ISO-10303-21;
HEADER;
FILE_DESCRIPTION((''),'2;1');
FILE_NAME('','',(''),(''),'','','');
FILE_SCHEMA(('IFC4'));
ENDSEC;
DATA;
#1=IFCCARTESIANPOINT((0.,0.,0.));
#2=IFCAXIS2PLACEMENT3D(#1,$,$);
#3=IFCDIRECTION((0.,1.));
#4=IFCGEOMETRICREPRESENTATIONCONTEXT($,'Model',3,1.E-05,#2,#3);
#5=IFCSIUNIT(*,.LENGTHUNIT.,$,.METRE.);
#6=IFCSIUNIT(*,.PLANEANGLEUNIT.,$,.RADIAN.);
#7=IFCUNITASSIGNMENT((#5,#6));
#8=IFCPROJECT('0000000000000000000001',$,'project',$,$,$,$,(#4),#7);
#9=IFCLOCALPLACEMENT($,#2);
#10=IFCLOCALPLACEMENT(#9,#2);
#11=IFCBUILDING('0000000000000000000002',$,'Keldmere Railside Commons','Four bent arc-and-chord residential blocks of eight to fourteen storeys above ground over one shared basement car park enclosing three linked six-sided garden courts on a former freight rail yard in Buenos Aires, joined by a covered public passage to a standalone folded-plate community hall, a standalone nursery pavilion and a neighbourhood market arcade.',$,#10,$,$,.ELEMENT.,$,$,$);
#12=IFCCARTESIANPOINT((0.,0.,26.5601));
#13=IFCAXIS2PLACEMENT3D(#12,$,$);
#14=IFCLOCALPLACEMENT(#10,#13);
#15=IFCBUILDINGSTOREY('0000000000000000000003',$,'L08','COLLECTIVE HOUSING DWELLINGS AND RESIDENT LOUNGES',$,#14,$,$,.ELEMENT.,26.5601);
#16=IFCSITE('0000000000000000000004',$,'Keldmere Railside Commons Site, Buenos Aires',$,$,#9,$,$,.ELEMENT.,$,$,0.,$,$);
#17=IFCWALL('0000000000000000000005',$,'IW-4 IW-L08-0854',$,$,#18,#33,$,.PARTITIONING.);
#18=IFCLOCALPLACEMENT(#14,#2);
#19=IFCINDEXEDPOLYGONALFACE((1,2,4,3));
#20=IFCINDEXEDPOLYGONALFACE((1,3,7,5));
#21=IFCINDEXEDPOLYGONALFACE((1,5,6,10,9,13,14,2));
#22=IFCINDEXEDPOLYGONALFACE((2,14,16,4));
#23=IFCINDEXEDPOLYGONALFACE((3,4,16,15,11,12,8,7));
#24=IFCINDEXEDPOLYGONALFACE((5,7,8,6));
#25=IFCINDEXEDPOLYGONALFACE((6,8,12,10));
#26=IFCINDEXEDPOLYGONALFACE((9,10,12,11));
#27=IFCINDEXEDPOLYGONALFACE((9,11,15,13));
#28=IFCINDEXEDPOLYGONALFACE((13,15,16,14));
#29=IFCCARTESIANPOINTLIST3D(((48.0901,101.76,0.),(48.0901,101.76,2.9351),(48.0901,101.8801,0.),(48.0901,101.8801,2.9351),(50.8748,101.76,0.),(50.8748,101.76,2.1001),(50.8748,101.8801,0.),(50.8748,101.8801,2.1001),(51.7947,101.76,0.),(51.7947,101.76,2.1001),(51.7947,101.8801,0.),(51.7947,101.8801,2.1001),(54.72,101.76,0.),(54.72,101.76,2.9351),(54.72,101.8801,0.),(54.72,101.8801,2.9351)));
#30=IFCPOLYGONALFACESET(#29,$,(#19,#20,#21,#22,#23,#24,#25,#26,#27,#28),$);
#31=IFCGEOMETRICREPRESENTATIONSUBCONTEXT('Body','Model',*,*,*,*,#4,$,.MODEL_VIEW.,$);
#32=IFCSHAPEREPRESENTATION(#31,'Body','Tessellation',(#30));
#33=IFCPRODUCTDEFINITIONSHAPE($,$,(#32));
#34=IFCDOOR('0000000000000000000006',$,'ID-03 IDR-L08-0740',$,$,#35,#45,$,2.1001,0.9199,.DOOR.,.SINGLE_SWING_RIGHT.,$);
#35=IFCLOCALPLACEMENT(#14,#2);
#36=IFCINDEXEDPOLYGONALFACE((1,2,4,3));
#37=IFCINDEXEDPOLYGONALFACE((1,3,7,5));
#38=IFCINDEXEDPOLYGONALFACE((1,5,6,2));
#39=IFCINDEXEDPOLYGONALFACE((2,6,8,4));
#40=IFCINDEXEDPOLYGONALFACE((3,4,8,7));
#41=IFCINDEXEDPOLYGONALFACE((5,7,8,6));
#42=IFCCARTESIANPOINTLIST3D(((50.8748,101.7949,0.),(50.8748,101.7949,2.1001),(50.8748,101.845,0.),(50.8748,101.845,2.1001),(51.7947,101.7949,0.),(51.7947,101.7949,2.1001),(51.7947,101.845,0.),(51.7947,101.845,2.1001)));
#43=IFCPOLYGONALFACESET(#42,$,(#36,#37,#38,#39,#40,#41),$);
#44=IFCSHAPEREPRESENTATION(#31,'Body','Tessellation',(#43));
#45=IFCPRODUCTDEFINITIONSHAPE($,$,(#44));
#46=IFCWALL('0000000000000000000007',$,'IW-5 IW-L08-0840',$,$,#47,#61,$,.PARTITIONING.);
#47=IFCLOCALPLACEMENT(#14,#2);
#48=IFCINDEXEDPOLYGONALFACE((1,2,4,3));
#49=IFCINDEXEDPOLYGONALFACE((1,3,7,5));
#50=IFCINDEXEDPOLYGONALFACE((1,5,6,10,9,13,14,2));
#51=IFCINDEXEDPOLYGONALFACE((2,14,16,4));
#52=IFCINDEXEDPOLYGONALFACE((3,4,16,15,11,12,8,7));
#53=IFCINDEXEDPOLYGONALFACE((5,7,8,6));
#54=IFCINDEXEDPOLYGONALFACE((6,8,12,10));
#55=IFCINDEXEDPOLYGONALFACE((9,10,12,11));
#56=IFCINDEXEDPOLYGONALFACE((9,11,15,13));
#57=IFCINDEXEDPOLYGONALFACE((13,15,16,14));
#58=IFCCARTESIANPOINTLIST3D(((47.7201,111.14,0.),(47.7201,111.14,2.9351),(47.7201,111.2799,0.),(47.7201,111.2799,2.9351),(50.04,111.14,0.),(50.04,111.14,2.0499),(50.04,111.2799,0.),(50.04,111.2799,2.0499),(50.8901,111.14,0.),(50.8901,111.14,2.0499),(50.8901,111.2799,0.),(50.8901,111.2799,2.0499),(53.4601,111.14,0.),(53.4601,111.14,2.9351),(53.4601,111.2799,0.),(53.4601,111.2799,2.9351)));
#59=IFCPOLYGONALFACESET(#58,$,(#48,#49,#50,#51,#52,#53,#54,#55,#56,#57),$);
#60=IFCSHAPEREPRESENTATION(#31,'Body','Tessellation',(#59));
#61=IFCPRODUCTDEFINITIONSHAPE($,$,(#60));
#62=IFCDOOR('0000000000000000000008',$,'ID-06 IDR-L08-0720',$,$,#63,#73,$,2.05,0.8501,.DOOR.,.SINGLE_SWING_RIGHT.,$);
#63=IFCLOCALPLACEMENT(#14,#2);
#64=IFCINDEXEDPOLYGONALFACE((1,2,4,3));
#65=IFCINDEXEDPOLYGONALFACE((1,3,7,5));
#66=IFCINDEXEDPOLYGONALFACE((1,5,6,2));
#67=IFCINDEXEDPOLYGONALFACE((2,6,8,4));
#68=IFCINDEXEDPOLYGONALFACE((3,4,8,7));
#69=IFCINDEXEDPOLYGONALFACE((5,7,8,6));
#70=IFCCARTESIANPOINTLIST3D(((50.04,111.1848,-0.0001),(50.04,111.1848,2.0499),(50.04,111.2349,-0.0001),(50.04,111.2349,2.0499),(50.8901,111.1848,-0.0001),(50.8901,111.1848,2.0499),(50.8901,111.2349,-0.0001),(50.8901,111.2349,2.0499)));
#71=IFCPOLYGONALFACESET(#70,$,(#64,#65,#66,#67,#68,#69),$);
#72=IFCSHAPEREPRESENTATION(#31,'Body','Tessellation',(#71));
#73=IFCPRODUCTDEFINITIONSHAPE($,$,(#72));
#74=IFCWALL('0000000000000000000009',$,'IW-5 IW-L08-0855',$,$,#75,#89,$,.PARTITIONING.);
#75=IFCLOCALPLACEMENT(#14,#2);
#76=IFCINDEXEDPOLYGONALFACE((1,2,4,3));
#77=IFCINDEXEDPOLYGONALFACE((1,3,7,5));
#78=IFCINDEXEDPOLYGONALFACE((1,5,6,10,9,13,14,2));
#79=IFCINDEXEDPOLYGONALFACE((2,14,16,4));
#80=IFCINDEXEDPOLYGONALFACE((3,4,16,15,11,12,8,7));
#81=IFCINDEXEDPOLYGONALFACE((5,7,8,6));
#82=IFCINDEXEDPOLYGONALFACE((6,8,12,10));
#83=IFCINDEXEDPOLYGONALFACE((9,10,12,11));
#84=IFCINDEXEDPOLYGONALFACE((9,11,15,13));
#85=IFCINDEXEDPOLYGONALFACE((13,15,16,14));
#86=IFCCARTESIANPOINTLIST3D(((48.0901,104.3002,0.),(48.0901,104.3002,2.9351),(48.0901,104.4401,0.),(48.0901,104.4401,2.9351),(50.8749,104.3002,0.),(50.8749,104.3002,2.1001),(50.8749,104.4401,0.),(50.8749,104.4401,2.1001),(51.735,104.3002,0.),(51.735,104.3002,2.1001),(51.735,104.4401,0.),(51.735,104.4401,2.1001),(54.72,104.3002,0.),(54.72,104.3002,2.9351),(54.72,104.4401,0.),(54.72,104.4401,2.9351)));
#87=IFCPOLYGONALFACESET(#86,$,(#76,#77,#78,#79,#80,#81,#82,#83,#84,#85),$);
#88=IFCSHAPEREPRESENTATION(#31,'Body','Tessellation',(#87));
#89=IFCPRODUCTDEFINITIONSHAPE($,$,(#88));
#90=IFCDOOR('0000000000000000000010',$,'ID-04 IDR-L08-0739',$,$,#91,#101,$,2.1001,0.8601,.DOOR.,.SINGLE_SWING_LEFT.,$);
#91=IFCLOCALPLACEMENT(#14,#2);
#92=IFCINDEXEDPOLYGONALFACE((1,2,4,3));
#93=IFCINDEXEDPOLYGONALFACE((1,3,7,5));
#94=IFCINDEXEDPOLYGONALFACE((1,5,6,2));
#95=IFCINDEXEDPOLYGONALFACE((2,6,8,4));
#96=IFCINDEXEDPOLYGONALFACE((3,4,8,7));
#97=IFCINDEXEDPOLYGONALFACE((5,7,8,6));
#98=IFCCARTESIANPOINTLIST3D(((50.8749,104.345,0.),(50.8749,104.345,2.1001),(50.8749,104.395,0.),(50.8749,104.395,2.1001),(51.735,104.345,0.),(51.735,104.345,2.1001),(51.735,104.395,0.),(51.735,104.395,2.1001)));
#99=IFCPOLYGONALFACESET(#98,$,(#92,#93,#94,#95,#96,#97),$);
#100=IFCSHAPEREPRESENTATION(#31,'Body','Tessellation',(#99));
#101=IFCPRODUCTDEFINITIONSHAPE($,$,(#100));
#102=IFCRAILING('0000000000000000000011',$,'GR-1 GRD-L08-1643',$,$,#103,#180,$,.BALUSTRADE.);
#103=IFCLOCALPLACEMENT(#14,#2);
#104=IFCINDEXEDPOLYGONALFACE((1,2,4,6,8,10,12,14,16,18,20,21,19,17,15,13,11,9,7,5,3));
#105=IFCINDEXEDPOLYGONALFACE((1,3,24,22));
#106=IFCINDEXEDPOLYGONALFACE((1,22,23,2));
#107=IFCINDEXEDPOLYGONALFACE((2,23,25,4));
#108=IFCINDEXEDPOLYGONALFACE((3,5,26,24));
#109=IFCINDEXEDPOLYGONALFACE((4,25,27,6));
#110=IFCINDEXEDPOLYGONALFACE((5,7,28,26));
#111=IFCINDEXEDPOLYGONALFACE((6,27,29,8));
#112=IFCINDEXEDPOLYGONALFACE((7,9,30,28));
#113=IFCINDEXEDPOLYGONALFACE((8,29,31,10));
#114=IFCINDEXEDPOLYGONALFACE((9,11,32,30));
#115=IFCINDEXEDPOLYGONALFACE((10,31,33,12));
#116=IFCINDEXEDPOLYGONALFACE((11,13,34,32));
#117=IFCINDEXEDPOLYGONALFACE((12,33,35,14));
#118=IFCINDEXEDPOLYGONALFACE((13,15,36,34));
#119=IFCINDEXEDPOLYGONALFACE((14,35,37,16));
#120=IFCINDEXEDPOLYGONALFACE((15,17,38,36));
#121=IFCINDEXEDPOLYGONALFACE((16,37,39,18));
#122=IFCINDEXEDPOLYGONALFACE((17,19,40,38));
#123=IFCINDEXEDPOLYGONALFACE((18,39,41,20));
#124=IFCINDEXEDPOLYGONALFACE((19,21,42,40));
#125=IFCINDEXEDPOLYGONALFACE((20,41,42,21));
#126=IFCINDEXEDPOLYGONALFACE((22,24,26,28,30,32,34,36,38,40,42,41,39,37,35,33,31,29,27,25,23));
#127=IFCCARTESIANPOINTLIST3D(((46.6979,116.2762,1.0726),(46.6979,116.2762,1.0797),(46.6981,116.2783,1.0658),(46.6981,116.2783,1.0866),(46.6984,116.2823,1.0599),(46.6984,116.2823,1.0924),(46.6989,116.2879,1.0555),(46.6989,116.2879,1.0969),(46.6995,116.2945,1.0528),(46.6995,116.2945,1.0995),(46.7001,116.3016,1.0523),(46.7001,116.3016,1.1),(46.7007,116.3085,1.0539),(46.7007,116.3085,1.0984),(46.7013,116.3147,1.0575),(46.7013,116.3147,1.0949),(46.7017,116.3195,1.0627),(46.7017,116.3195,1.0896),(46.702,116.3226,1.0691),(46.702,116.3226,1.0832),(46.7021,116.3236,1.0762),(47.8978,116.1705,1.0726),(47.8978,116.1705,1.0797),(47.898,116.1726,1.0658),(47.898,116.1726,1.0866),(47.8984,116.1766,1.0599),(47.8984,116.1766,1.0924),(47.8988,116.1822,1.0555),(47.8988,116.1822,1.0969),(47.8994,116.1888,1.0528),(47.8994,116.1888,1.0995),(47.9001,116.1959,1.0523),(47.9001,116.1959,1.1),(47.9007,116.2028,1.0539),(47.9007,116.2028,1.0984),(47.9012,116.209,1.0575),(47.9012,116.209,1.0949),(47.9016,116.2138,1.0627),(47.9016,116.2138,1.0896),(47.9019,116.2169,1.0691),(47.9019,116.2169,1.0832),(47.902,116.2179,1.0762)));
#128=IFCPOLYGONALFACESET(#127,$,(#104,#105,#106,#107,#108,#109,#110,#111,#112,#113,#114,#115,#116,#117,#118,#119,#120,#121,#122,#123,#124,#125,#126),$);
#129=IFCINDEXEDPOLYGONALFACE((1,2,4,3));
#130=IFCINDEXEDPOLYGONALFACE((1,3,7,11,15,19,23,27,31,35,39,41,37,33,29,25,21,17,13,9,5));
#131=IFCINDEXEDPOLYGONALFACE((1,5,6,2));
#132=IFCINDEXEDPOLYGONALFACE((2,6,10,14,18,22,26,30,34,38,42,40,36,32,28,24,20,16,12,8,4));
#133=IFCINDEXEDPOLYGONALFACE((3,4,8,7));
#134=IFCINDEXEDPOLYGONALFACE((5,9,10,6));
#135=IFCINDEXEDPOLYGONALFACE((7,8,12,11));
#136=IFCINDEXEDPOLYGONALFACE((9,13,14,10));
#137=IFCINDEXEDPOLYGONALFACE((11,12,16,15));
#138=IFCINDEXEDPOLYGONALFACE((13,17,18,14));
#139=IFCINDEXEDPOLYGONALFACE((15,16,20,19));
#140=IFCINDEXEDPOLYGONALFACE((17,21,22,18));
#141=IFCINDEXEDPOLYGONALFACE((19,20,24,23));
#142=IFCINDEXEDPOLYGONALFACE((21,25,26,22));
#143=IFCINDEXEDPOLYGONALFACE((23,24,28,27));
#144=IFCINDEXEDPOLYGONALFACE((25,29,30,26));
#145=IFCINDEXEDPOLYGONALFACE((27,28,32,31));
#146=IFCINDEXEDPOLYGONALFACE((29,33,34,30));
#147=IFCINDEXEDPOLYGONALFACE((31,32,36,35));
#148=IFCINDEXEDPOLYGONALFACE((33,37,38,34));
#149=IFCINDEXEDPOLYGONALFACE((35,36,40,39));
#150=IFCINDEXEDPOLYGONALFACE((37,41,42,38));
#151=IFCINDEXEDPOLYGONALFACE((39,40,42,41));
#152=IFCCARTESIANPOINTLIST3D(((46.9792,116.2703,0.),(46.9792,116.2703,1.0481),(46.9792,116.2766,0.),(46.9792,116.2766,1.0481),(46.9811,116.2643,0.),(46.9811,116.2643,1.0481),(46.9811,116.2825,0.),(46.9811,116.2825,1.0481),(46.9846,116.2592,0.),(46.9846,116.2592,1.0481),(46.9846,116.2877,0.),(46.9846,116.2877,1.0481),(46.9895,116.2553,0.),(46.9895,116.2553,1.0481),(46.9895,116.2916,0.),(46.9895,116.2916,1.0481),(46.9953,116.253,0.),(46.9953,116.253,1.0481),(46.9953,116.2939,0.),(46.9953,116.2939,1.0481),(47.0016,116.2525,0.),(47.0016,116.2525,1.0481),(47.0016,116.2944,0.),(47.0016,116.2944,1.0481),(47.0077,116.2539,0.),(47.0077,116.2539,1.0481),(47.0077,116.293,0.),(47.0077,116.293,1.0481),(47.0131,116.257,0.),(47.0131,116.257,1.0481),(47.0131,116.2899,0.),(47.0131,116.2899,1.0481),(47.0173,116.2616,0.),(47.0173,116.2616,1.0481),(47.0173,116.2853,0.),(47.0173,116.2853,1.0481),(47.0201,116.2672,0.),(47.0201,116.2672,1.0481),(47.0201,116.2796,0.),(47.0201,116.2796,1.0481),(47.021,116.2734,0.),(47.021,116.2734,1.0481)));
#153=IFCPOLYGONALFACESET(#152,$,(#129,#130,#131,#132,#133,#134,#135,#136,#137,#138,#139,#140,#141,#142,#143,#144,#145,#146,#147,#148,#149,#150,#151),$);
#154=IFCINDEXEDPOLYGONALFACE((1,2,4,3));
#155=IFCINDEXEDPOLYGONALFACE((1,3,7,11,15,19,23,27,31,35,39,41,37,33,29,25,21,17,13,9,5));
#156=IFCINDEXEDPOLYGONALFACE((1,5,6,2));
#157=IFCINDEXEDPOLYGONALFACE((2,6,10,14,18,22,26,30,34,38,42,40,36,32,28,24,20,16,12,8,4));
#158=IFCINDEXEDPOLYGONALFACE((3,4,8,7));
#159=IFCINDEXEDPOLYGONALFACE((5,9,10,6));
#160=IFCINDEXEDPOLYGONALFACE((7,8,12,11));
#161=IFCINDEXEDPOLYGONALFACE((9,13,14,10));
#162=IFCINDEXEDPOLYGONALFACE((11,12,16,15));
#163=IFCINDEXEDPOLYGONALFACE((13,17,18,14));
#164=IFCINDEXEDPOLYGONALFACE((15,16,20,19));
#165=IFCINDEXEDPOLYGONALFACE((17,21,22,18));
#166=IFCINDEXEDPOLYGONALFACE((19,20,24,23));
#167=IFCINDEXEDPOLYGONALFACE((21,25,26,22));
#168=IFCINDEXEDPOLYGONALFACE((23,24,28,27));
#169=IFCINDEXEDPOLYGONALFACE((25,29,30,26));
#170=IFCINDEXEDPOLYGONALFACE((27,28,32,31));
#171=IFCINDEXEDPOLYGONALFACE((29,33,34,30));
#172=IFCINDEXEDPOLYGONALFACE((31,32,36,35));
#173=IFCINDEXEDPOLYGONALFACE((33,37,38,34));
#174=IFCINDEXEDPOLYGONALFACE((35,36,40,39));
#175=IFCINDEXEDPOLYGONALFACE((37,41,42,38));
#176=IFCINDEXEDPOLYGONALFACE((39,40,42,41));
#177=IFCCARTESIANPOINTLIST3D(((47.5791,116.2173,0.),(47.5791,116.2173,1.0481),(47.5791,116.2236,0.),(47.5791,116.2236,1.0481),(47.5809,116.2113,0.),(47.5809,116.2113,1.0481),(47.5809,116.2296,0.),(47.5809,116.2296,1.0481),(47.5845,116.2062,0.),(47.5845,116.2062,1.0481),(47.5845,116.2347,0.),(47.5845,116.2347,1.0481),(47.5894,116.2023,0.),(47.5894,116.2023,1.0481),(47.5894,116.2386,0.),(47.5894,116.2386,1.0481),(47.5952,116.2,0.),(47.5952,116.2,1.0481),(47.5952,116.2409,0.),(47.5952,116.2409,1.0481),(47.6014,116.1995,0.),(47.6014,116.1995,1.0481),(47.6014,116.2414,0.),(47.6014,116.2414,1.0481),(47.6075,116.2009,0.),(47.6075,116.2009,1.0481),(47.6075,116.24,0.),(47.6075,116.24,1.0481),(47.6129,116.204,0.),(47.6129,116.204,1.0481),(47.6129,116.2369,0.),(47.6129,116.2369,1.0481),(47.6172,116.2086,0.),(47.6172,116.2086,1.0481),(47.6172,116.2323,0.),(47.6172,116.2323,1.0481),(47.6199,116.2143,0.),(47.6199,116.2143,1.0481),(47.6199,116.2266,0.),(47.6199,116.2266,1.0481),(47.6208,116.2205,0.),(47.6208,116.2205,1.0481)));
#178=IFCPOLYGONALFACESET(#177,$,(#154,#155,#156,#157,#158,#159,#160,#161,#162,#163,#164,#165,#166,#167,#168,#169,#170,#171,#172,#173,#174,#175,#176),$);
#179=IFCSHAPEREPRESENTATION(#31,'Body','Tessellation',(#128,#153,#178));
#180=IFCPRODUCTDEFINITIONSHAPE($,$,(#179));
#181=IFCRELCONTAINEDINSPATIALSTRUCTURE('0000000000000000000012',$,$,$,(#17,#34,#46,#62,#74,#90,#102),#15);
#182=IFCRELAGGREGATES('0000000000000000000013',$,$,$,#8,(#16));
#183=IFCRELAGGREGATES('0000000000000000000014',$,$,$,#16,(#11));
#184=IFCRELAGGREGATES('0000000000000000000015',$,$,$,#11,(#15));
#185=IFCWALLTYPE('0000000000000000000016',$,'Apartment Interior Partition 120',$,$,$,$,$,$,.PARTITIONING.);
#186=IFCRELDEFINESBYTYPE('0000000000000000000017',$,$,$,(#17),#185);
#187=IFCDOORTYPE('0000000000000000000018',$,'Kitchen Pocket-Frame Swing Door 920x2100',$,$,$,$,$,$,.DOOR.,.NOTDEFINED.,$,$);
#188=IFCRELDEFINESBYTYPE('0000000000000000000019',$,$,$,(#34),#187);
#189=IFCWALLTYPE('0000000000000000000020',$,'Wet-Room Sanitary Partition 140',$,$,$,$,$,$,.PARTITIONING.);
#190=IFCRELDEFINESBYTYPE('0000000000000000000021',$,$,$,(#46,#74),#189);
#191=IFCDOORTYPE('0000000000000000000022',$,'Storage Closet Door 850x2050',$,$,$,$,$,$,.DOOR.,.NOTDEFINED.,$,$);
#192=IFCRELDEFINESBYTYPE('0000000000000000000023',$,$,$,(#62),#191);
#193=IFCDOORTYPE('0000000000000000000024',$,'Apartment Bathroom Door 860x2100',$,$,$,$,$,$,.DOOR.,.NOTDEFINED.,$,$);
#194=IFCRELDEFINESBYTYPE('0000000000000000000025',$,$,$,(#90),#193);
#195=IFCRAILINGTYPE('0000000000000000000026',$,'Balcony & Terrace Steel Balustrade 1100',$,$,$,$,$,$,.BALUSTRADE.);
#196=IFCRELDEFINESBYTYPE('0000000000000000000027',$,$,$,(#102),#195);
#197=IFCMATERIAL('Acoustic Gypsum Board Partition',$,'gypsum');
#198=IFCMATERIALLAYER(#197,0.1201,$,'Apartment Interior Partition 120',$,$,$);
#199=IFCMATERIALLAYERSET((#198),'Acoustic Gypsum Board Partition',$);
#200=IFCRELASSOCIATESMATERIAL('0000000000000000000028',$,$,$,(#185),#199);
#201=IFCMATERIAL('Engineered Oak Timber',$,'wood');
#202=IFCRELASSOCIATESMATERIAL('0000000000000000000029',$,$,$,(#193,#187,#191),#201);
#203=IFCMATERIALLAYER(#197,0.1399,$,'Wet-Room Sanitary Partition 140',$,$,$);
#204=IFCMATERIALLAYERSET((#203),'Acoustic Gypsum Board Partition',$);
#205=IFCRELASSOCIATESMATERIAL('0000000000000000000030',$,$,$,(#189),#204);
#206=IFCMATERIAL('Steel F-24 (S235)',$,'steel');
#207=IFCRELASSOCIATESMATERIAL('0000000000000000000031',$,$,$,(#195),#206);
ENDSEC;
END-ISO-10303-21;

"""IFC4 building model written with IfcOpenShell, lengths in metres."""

from ifc_helpers import new_model, si_unit, direction, frame, frame_2d, origin, origin_2d, place, context, subcontext, project, spatial, rectangle, circle, extrude, material, layer, layer_set, type_object, element, fill, save


model = new_model("IFC4")

# Units and contexts
model_context = context("Model", 3, precision=1e-05, world=origin(), true_north=direction((0.0, 1.0)))
body_context = subcontext(model_context, "Body", "Model", "MODEL_VIEW")
ifc_project = project(units=[si_unit("LENGTHUNIT", "METRE"), si_unit("PLANEANGLEUNIT", "RADIAN")], contexts=[model_context])

# Site, building, storey
site_placement = place(None, origin())
site = spatial("IfcSite", under=ifc_project, at=site_placement, Name="Keldmere Railside Commons Site, Buenos Aires", CompositionType="ELEMENT", RefElevation=0.0)
building_placement = place(site_placement, origin())
building = spatial("IfcBuilding", under=site, at=building_placement, Name="Keldmere Railside Commons", Description="Four bent arc-and-chord residential blocks of eight to fourteen storeys above ground over one shared basement car park enclosing three linked six-sided garden courts on a former freight rail yard in Buenos Aires, joined by a covered public passage to a standalone folded-plate community hall, a standalone nursery pavilion and a neighbourhood market arcade.", CompositionType="ELEMENT")
storey_placement = place(building_placement, frame((0.0, 0.0, 26.5601)))
storey = spatial("IfcBuildingStorey", under=building, at=storey_placement, Name="L08", Description="COLLECTIVE HOUSING DWELLINGS AND RESIDENT LOUNGES", CompositionType="ELEMENT", Elevation=26.5601)

# Shared definitions
ifc_material_1 = material(Name="Acoustic Gypsum Board Partition", Category="gypsum")

# Walls, openings, doors
ifc_layer_1 = layer(ifc_material_1, 0.1201, Name="Apartment Interior Partition 120")
ifc_layer_set_1 = layer_set([ifc_layer_1], Name="Acoustic Gypsum Board Partition")
wall_type_1 = type_object("IfcWallType", Name="Apartment Interior Partition 120", PredefinedType="PARTITIONING", material=ifc_layer_set_1)
ifc_material_2 = material(Name="Engineered Oak Timber", Category="wood")
door_type_1 = type_object("IfcDoorType", Name="Apartment Bathroom Door 860x2100", OperationType="NOTDEFINED", PredefinedType="DOOR", material=ifc_material_2)
wall_1_placement = place(storey_placement, frame((48.0901, 101.8201, 0.0), z_axis=(0.0, 0.0, 1.0), x_axis=(1.0, 0.0, 0.0)))
wall_1 = element("IfcWall", 1, at=wall_1_placement, inside=storey, type_object=wall_type_1, Name="IW-4 IW-L08-0854", PredefinedType="PARTITIONING", context=body_context, shape_type="SweptSolid", body=[
    extrude(rectangle(XDim=6.6299, YDim=0.1201, at=frame_2d((3.3149, 0.0))), origin(), (0.0, 0.0, 1.0), 2.9351),
])
opening_1_placement = place(wall_1_placement, frame((2.7847, 0.0, 0.0)))
opening_1 = element("IfcOpeningElement", 2, at=opening_1_placement, cuts=wall_1, PredefinedType="OPENING", context=body_context, shape_type="SweptSolid", body=[
    extrude(rectangle(XDim=0.9199, YDim=2.1001, at=frame_2d((0.46, 1.05))), frame((0.0, 0.0701, 0.0), z_axis=(0.0, -1.0, 0.0), x_axis=(1.0, 0.0, 0.0)), (0.0, 0.0, 1.0), 0.1401),
])
door_type_2 = type_object("IfcDoorType", Name="Kitchen Pocket-Frame Swing Door 920x2100", OperationType="NOTDEFINED", PredefinedType="DOOR", material=ifc_material_2)
door_1_placement = place(opening_1_placement, origin())
door_1 = element("IfcDoor", 3, at=door_1_placement, inside=storey, type_object=door_type_2, Name="ID-03 IDR-L08-0740", OperationType="SINGLE_SWING_RIGHT", OverallHeight=2.1001, OverallWidth=0.9199, PredefinedType="DOOR", context=body_context, shape_type="SweptSolid", body=[
    extrude(rectangle(XDim=0.9199, YDim=2.1001, at=frame_2d((0.46, 1.05))), frame((0.0, 0.0249, 0.0), z_axis=(0.0, -1.0, 0.0), x_axis=(1.0, 0.0, 0.0)), (0.0, 0.0, 1.0), 0.05),
])
fill(opening_1, door_1)
ifc_layer_2 = layer(ifc_material_1, 0.1399, Name="Wet-Room Sanitary Partition 140")
ifc_layer_set_2 = layer_set([ifc_layer_2], Name="Acoustic Gypsum Board Partition")
wall_type_2 = type_object("IfcWallType", Name="Wet-Room Sanitary Partition 140", PredefinedType="PARTITIONING", material=ifc_layer_set_2)
wall_2_placement = place(storey_placement, frame((47.72, 111.21, 0.0), z_axis=(0.0, 0.0, 1.0), x_axis=(1.0, 0.0, 0.0)))
wall_2 = element("IfcWall", 4, at=wall_2_placement, inside=storey, type_object=wall_type_2, Name="IW-5 IW-L08-0840", PredefinedType="PARTITIONING", context=body_context, shape_type="SweptSolid", body=[
    extrude(rectangle(XDim=5.74, YDim=0.1399, at=frame_2d((2.8701, 0.0))), origin(), (0.0, 0.0, 1.0), 2.9351),
])
opening_2_placement = place(wall_2_placement, frame((2.3201, 0.0, 0.0)))
opening_2 = element("IfcOpeningElement", 5, at=opening_2_placement, cuts=wall_2, PredefinedType="OPENING", context=body_context, shape_type="SweptSolid", body=[
    extrude(rectangle(XDim=0.8501, YDim=2.05, at=frame_2d((0.425, 1.0249))), frame((0.0, 0.0798, 0.0), z_axis=(0.0, -1.0, 0.0), x_axis=(1.0, 0.0, 0.0)), (0.0, 0.0, 1.0), 0.1599),
])
door_type_3 = type_object("IfcDoorType", Name="Storage Closet Door 850x2050", OperationType="NOTDEFINED", PredefinedType="DOOR", material=ifc_material_2)
door_2_placement = place(opening_2_placement, origin())
door_2 = element("IfcDoor", 6, at=door_2_placement, inside=storey, type_object=door_type_3, Name="ID-06 IDR-L08-0720", OperationType="SINGLE_SWING_RIGHT", OverallHeight=2.05, OverallWidth=0.8501, PredefinedType="DOOR", context=body_context, shape_type="SweptSolid", body=[
    extrude(rectangle(XDim=0.8501, YDim=2.05, at=frame_2d((0.425, 1.0249))), frame((0.0, 0.0249, 0.0), z_axis=(0.0, -1.0, 0.0), x_axis=(1.0, 0.0, 0.0)), (0.0, 0.0, 1.0), 0.05),
])
fill(opening_2, door_2)
wall_3_placement = place(storey_placement, frame((48.0901, 104.3701, 0.0), z_axis=(0.0, 0.0, 1.0), x_axis=(1.0, 0.0, 0.0)))
wall_3 = element("IfcWall", 7, at=wall_3_placement, inside=storey, type_object=wall_type_2, Name="IW-5 IW-L08-0855", PredefinedType="PARTITIONING", context=body_context, shape_type="SweptSolid", body=[
    extrude(rectangle(XDim=6.6299, YDim=0.1399, at=frame_2d((3.3149, 0.0))), origin(), (0.0, 0.0, 1.0), 2.9351),
])
opening_3_placement = place(wall_3_placement, frame((2.7847, 0.0, 0.0)))
opening_3 = element("IfcOpeningElement", 8, at=opening_3_placement, cuts=wall_3, PredefinedType="OPENING", context=body_context, shape_type="SweptSolid", body=[
    extrude(rectangle(XDim=0.8601, YDim=2.1001, at=frame_2d((0.4302, 1.05))), frame((0.0, 0.0798, 0.0), z_axis=(0.0, -1.0, 0.0), x_axis=(1.0, 0.0, 0.0)), (0.0, 0.0, 1.0), 0.1599),
])
door_3_placement = place(opening_3_placement, origin())
door_3 = element("IfcDoor", 9, at=door_3_placement, inside=storey, type_object=door_type_1, Name="ID-04 IDR-L08-0739", OperationType="SINGLE_SWING_LEFT", OverallHeight=2.1001, OverallWidth=0.8601, PredefinedType="DOOR", context=body_context, shape_type="SweptSolid", body=[
    extrude(rectangle(XDim=0.8601, YDim=2.1001, at=frame_2d((0.4302, 1.05))), frame((0.0, 0.0249, 0.0), z_axis=(0.0, -1.0, 0.0), x_axis=(1.0, 0.0, 0.0)), (0.0, 0.0, 1.0), 0.05),
])
fill(opening_3, door_3)

# Railing
ifc_material_3 = material(Name="Steel F-24 (S235)", Category="steel")
railing_type = type_object("IfcRailingType", Name="Balcony & Terrace Steel Balustrade 1100", PredefinedType="BALUSTRADE", material=ifc_material_3)
railing_1_placement = place(storey_placement, frame((46.7, 116.2998, 0.0)))
element("IfcRailing", 10, at=railing_1_placement, inside=storey, type_object=railing_type, Name="GR-1 GRD-L08-1643", PredefinedType="BALUSTRADE", context=body_context, shape_type="SweptSolid", body=[
    extrude(circle(Radius=0.0239, at=origin_2d()), frame((0.0, 0.0, 1.0762), z_axis=(0.996142, -0.087758, 0.0), x_axis=(0.087758, 0.996142, 0.0)), (0.0, 0.0, 1.0), 1.2046),
    extrude(circle(Radius=0.021, at=origin_2d()), frame((0.3, -0.0264, 0.0)), (0.0, 0.0, 1.0), 1.0481),
    extrude(circle(Radius=0.021, at=origin_2d()), frame((0.8999, -0.0793, 0.0)), (0.0, 0.0, 1.0), 1.0481),
])

save(model, "model.ifc")
